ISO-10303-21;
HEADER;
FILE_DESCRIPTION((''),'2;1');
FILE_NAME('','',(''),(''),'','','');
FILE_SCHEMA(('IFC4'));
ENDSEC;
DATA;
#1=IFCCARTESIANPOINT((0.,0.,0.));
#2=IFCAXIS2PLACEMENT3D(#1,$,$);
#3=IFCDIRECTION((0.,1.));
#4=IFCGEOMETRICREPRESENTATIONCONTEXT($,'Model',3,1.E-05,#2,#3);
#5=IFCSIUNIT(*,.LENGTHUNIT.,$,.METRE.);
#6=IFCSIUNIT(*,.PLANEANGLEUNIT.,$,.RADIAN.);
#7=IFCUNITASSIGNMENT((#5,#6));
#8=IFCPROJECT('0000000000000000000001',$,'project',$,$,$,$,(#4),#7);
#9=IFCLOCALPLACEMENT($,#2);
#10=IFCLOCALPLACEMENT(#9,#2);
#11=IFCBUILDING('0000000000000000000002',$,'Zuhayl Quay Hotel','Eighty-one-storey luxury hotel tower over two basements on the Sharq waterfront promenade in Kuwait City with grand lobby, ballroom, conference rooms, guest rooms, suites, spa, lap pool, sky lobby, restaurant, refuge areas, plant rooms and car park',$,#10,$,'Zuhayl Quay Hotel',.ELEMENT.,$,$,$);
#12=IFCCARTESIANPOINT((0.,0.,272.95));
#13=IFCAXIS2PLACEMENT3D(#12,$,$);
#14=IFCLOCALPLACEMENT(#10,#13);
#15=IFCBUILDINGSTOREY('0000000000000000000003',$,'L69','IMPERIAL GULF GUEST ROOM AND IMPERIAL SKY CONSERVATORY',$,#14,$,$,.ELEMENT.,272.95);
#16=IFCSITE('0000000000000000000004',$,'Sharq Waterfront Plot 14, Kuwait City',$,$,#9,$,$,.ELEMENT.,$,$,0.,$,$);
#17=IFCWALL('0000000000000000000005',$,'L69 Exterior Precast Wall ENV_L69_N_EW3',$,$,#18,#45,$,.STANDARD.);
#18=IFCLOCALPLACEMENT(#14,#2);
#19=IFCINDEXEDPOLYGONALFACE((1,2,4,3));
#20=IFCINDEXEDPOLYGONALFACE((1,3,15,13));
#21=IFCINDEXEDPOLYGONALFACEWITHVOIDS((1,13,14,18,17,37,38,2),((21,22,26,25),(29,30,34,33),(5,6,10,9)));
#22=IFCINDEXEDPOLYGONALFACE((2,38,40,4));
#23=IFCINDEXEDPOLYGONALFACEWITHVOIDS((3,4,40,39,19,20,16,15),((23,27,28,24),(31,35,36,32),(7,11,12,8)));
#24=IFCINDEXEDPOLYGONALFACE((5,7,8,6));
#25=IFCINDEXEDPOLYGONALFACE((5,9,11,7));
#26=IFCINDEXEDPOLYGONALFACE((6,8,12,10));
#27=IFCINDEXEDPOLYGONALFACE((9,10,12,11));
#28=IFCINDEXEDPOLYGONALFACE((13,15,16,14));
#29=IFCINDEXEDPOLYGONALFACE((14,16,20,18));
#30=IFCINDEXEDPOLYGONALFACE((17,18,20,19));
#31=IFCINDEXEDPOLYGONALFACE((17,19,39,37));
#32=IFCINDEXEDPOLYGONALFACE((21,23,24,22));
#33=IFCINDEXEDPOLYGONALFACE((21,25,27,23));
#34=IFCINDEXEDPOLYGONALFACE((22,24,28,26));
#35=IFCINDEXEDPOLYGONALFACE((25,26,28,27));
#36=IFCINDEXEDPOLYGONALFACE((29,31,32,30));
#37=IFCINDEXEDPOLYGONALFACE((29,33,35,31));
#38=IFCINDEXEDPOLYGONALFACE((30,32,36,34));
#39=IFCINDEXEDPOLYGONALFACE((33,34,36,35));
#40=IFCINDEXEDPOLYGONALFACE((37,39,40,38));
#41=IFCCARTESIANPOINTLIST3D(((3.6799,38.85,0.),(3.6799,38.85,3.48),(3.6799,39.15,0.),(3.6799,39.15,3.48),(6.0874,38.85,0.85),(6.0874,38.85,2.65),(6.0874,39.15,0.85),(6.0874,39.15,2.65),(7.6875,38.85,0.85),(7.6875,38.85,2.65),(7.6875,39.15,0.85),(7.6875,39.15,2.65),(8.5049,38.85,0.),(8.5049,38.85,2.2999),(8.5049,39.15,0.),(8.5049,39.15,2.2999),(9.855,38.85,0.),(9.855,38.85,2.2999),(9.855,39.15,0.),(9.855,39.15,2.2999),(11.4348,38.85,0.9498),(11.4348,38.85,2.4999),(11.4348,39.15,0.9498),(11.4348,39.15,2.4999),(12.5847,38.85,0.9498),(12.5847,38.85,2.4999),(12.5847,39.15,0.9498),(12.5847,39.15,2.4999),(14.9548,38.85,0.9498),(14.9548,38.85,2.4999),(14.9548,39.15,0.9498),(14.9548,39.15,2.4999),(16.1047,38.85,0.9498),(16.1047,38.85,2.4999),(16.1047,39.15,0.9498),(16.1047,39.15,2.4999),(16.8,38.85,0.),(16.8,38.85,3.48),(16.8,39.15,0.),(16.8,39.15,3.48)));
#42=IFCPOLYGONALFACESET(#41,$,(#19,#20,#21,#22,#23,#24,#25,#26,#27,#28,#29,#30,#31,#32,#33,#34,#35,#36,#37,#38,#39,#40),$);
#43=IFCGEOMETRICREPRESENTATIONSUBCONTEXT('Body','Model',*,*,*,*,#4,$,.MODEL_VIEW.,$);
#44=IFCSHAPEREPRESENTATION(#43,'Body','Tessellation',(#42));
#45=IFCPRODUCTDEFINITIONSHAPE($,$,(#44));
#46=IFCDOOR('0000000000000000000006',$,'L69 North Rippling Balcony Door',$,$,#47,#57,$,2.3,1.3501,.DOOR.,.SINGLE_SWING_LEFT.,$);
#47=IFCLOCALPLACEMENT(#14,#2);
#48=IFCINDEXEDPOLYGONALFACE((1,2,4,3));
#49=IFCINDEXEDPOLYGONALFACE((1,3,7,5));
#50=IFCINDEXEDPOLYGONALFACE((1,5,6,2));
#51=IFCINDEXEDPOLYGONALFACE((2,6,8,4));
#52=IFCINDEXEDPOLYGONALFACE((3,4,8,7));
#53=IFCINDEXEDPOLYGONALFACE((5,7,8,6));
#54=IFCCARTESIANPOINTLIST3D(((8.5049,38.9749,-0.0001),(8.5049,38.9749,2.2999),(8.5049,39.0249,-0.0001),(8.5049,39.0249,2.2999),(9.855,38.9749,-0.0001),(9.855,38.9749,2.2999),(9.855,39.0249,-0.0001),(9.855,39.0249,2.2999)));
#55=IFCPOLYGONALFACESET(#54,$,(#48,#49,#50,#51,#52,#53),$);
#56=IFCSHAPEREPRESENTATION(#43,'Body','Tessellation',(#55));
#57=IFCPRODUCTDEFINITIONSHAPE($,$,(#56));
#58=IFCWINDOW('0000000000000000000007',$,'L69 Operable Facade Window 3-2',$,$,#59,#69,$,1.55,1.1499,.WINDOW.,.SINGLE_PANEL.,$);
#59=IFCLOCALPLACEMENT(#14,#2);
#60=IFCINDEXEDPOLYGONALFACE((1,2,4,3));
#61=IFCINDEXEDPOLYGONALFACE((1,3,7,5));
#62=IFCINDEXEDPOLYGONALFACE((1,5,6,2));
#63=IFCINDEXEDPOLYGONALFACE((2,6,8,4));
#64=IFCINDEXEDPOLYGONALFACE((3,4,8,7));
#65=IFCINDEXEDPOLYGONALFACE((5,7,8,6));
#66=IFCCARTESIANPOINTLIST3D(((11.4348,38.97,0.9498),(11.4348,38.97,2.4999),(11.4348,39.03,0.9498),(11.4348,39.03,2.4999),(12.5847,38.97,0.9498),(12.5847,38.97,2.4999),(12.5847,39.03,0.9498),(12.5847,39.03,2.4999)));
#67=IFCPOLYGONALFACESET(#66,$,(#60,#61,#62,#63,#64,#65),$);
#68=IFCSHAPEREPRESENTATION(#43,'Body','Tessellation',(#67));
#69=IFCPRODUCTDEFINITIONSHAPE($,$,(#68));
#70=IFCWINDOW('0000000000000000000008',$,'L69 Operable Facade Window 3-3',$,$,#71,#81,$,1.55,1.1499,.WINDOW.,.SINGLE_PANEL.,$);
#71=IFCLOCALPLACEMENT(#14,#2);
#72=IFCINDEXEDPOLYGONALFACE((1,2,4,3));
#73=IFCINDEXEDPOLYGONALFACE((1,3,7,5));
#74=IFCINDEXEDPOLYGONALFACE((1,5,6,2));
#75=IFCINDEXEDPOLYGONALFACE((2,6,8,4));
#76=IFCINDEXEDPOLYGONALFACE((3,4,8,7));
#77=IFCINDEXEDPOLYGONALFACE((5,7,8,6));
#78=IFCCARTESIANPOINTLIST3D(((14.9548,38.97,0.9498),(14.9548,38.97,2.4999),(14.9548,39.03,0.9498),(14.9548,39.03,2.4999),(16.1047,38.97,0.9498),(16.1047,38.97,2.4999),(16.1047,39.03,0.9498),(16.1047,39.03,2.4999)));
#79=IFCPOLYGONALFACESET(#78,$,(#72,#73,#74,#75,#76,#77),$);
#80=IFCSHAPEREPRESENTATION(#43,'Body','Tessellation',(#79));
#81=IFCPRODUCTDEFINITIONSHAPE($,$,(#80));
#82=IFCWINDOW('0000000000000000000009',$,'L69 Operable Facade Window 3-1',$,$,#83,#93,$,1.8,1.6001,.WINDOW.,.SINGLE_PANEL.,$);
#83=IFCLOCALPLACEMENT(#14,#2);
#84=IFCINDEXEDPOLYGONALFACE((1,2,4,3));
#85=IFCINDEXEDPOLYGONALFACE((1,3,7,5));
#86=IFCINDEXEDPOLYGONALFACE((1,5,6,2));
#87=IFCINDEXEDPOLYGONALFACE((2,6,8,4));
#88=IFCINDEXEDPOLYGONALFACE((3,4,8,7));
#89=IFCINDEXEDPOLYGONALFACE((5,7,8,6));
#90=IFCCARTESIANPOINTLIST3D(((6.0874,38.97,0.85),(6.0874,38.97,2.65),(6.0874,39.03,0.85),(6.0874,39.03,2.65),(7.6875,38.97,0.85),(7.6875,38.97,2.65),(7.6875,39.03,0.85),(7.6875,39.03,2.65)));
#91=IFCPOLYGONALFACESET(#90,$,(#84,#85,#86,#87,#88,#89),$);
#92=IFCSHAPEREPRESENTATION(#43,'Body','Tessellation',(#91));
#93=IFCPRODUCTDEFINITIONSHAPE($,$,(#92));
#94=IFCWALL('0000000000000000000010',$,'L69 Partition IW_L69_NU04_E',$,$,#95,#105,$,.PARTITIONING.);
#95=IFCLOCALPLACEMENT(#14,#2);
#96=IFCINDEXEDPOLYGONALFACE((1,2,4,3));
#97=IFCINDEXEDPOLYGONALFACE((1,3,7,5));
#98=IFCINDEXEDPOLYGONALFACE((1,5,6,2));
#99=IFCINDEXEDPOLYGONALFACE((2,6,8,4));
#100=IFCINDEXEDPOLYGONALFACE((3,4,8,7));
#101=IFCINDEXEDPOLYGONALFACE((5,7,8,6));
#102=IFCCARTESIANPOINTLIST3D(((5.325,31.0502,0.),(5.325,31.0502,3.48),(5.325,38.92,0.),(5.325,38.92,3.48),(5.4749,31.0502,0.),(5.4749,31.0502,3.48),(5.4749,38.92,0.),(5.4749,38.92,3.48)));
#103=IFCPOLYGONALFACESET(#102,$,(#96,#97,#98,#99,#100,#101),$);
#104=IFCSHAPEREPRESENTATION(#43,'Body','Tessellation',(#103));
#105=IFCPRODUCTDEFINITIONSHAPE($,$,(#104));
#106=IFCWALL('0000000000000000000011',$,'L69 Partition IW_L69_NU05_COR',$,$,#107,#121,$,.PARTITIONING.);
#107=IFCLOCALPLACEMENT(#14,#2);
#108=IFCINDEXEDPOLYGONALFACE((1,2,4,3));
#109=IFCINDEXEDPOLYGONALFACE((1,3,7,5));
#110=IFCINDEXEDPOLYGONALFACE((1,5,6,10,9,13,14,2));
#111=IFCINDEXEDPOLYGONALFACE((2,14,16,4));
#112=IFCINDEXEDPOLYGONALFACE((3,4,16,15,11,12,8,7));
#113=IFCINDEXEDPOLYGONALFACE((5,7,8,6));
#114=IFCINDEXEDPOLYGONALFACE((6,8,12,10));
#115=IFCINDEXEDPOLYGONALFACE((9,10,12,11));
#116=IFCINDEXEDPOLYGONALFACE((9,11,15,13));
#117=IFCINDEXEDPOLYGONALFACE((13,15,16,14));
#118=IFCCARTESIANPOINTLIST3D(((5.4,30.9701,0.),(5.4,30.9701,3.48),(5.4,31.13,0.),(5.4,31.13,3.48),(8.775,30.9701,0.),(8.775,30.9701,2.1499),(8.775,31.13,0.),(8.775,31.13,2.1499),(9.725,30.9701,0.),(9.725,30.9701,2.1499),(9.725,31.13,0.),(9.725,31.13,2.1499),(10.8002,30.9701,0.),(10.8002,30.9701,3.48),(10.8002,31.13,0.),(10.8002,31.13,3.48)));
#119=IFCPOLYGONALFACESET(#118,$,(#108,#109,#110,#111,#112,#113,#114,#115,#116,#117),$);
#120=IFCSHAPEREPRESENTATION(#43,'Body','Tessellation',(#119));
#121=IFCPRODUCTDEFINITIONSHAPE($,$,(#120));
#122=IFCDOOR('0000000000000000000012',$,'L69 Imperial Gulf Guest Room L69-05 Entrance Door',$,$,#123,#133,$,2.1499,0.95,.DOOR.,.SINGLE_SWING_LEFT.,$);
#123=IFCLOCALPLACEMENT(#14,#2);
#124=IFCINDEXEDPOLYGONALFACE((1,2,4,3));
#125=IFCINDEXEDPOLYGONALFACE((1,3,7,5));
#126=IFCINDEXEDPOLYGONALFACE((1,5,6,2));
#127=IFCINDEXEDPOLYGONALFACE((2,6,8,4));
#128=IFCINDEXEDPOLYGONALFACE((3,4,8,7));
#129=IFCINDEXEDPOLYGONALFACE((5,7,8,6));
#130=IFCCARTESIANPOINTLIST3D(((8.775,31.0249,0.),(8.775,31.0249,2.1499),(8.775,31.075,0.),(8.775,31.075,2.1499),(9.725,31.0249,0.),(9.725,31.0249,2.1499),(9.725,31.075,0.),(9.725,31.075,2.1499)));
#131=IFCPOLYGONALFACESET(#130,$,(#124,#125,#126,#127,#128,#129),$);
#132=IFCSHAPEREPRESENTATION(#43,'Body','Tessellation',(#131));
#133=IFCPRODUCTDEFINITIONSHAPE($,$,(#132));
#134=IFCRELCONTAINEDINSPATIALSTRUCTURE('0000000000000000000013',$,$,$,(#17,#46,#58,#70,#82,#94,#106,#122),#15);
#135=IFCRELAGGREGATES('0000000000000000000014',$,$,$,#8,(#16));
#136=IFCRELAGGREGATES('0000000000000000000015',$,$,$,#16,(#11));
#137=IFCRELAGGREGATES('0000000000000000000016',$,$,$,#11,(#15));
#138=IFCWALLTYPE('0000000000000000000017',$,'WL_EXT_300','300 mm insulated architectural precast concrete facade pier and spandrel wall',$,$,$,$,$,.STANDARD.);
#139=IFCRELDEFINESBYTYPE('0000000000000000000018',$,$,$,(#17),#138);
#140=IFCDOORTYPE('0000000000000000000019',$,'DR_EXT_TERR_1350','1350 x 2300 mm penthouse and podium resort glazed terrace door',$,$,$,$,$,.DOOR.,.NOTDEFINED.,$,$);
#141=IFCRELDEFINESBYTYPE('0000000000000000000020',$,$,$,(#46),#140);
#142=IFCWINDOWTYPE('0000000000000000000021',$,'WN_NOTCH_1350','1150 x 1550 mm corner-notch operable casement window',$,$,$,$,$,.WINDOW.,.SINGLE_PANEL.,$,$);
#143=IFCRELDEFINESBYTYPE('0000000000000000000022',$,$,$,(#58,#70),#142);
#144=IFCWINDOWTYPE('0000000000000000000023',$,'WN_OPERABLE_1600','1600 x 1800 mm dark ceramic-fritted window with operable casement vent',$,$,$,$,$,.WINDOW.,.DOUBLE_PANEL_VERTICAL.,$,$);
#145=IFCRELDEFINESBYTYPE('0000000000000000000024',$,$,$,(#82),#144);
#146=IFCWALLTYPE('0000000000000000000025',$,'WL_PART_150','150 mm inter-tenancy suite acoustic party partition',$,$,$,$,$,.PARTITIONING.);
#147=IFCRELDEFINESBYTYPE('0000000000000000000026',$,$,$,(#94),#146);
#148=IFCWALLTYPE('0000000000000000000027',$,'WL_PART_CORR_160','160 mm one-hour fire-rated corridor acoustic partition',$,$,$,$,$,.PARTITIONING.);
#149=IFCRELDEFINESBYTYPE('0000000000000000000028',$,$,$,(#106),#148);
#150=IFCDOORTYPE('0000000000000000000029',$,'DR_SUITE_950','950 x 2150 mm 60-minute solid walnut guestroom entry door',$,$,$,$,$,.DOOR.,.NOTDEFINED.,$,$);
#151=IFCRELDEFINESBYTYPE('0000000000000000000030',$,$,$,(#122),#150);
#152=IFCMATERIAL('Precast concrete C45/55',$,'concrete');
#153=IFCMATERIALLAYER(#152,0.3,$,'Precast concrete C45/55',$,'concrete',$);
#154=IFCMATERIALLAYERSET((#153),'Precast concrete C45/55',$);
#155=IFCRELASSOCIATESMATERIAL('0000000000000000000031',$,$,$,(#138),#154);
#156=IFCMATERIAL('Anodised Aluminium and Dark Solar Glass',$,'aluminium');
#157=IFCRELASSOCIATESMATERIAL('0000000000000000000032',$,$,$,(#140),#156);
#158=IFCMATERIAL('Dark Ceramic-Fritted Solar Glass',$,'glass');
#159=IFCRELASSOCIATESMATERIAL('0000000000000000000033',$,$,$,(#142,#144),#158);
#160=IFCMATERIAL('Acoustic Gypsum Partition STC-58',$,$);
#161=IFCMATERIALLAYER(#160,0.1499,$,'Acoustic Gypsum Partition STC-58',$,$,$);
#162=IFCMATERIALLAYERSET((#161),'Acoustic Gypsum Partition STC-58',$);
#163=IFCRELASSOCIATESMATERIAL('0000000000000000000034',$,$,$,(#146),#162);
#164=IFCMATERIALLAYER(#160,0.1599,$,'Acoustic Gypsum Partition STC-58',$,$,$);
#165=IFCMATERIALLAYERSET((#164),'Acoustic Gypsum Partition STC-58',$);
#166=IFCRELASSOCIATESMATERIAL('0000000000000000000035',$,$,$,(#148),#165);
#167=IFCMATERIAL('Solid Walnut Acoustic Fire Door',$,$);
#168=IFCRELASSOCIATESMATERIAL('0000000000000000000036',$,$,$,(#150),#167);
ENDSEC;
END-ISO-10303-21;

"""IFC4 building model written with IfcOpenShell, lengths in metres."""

from ifc_helpers import new_model, si_unit, direction, frame, frame_2d, origin, place, context, subcontext, project, spatial, rectangle, extrude, material, layer, layer_set, type_object, element, fill, save


model = new_model("IFC4")

# Units and contexts
model_context = context("Model", 3, precision=1e-05, world=origin(), true_north=direction((0.0, 1.0)))
body_context = subcontext(model_context, "Body", "Model", "MODEL_VIEW")
ifc_project = project(units=[si_unit("LENGTHUNIT", "METRE"), si_unit("PLANEANGLEUNIT", "RADIAN")], contexts=[model_context])

# Site, building, storey
site_placement = place(None, origin())
site = spatial("IfcSite", under=ifc_project, at=site_placement, Name="Sharq Waterfront Plot 14, Kuwait City", CompositionType="ELEMENT", RefElevation=0.0)
building_placement = place(site_placement, origin())
building = spatial("IfcBuilding", under=site, at=building_placement, Name="Zuhayl Quay Hotel", Description="Eighty-one-storey luxury hotel tower over two basements on the Sharq waterfront promenade in Kuwait City with grand lobby, ballroom, conference rooms, guest rooms, suites, spa, lap pool, sky lobby, restaurant, refuge areas, plant rooms and car park", LongName="Zuhayl Quay Hotel", CompositionType="ELEMENT")
storey_placement = place(building_placement, frame((0.0, 0.0, 272.95)))
storey = spatial("IfcBuildingStorey", under=building, at=storey_placement, Name="L69", Description="IMPERIAL GULF GUEST ROOM AND IMPERIAL SKY CONSERVATORY", CompositionType="ELEMENT", Elevation=272.95)

# Shared definitions
ifc_material_1 = material(Name="Dark Ceramic-Fritted Solar Glass", Category="glass")

# Wall, openings, door, windows
ifc_material_2 = material(Name="Precast concrete C45/55", Category="concrete")
ifc_layer_1 = layer(ifc_material_2, 0.3, Name="Precast concrete C45/55", Category="concrete")
ifc_layer_set_1 = layer_set([ifc_layer_1], Name="Precast concrete C45/55")
wall_type_1 = type_object("IfcWallType", Name="WL_EXT_300", Description="300 mm insulated architectural precast concrete facade pier and spandrel wall", PredefinedType="STANDARD", material=ifc_layer_set_1)
wall_1_placement = place(storey_placement, frame((3.6799, 39.0, 0.0), z_axis=(0.0, 0.0, 1.0), x_axis=(1.0, 0.0, 0.0)))
wall_1 = element("IfcWall", 1, at=wall_1_placement, inside=storey, type_object=wall_type_1, Name="L69 Exterior Precast Wall ENV_L69_N_EW3", PredefinedType="STANDARD", context=body_context, shape_type="SweptSolid", body=[
    extrude(rectangle(XDim=13.1201, YDim=0.3, at=frame_2d((6.5601, 0.0))), origin(), (0.0, 0.0, 1.0), 3.48),
])
opening_1_placement = place(wall_1_placement, frame((4.825, 0.0, 0.0)))
opening_1 = element("IfcOpeningElement", 2, at=opening_1_placement, cuts=wall_1, PredefinedType="OPENING", context=body_context, shape_type="SweptSolid", body=[
    extrude(rectangle(XDim=1.3501, YDim=2.3, at=frame_2d((0.675, 1.1499))), frame((0.0, 0.1599, 0.0), z_axis=(0.0, -1.0, 0.0), x_axis=(1.0, 0.0, 0.0)), (0.0, 0.0, 1.0), 0.3201),
])
opening_2_placement = place(wall_1_placement, frame((2.4075, 0.0, 0.8501)))
opening_2 = element("IfcOpeningElement", 3, at=opening_2_placement, cuts=wall_1, PredefinedType="OPENING", context=body_context, shape_type="SweptSolid", body=[
    extrude(rectangle(XDim=1.6001, YDim=1.8, at=frame_2d((0.8, 0.8999))), frame((0.0, 0.1599, 0.0), z_axis=(0.0, -1.0, 0.0), x_axis=(1.0, 0.0, 0.0)), (0.0, 0.0, 1.0), 0.3201),
])
opening_3_placement = place(wall_1_placement, frame((7.7549, 0.0, 0.95)))
opening_3 = element("IfcOpeningElement", 4, at=opening_3_placement, cuts=wall_1, PredefinedType="OPENING", context=body_context, shape_type="SweptSolid", body=[
    extrude(rectangle(XDim=1.1499, YDim=1.55, at=frame_2d((0.575, 0.7749))), frame((0.0, 0.1599, 0.0), z_axis=(0.0, -1.0, 0.0), x_axis=(1.0, 0.0, 0.0)), (0.0, 0.0, 1.0), 0.3201),
])
opening_4_placement = place(wall_1_placement, frame((11.2749, 0.0, 0.95)))
opening_4 = element("IfcOpeningElement", 5, at=opening_4_placement, cuts=wall_1, PredefinedType="OPENING", context=body_context, shape_type="SweptSolid", body=[
    extrude(rectangle(XDim=1.1499, YDim=1.55, at=frame_2d((0.575, 0.7749))), frame((0.0, 0.1599, 0.0), z_axis=(0.0, -1.0, 0.0), x_axis=(1.0, 0.0, 0.0)), (0.0, 0.0, 1.0), 0.3201),
])
ifc_material_3 = material(Name="Anodised Aluminium and Dark Solar Glass", Category="aluminium")
door_type_1 = type_object("IfcDoorType", Name="DR_EXT_TERR_1350", Description="1350 x 2300 mm penthouse and podium resort glazed terrace door", OperationType="NOTDEFINED", PredefinedType="DOOR", material=ifc_material_3)
door_1_placement = place(opening_1_placement, origin())
door_1 = element("IfcDoor", 6, at=door_1_placement, inside=storey, type_object=door_type_1, Name="L69 North Rippling Balcony Door", OperationType="SINGLE_SWING_LEFT", OverallHeight=2.3, OverallWidth=1.3501, PredefinedType="DOOR", context=body_context, shape_type="SweptSolid", body=[
    extrude(rectangle(XDim=1.3501, YDim=2.3, at=frame_2d((0.675, 1.1499))), frame((0.0, 0.0249, 0.0), z_axis=(0.0, -1.0, 0.0), x_axis=(1.0, 0.0, 0.0)), (0.0, 0.0, 1.0), 0.05),
])
fill(opening_1, door_1)
window_type_1 = type_object("IfcWindowType", Name="WN_NOTCH_1350", Description="1150 x 1550 mm corner-notch operable casement window", PartitioningType="SINGLE_PANEL", PredefinedType="WINDOW", material=ifc_material_1)
window_1_placement = place(opening_3_placement, origin())
window_1 = element("IfcWindow", 7, at=window_1_placement, inside=storey, type_object=window_type_1, Name="L69 Operable Facade Window 3-2", OverallHeight=1.55, OverallWidth=1.1499, PartitioningType="SINGLE_PANEL", PredefinedType="WINDOW", context=body_context, shape_type="SweptSolid", body=[
    extrude(rectangle(XDim=1.1499, YDim=1.55, at=frame_2d((0.575, 0.7749))), frame((0.0, 0.03, 0.0), z_axis=(0.0, -1.0, 0.0), x_axis=(1.0, 0.0, 0.0)), (0.0, 0.0, 1.0), 0.0601),
])
fill(opening_3, window_1)
window_2_placement = place(opening_4_placement, origin())
window_2 = element("IfcWindow", 8, at=window_2_placement, inside=storey, type_object=window_type_1, Name="L69 Operable Facade Window 3-3", OverallHeight=1.55, OverallWidth=1.1499, PartitioningType="SINGLE_PANEL", PredefinedType="WINDOW", context=body_context, shape_type="SweptSolid", body=[
    extrude(rectangle(XDim=1.1499, YDim=1.55, at=frame_2d((0.575, 0.7749))), frame((0.0, 0.03, 0.0), z_axis=(0.0, -1.0, 0.0), x_axis=(1.0, 0.0, 0.0)), (0.0, 0.0, 1.0), 0.0601),
])
fill(opening_4, window_2)
window_type_2 = type_object("IfcWindowType", Name="WN_OPERABLE_1600", Description="1600 x 1800 mm dark ceramic-fritted window with operable casement vent", PartitioningType="DOUBLE_PANEL_VERTICAL", PredefinedType="WINDOW", material=ifc_material_1)
window_3_placement = place(opening_2_placement, origin())
window_3 = element("IfcWindow", 9, at=window_3_placement, inside=storey, type_object=window_type_2, Name="L69 Operable Facade Window 3-1", OverallHeight=1.8, OverallWidth=1.6001, PartitioningType="SINGLE_PANEL", PredefinedType="WINDOW", context=body_context, shape_type="SweptSolid", body=[
    extrude(rectangle(XDim=1.6001, YDim=1.8, at=frame_2d((0.8, 0.8999))), frame((0.0, 0.03, 0.0), z_axis=(0.0, -1.0, 0.0), x_axis=(1.0, 0.0, 0.0)), (0.0, 0.0, 1.0), 0.0601),
])
fill(opening_2, window_3)

# Wall
ifc_material_4 = material(Name="Acoustic Gypsum Partition STC-58")
ifc_layer_2 = layer(ifc_material_4, 0.1499, Name="Acoustic Gypsum Partition STC-58")
ifc_layer_set_2 = layer_set([ifc_layer_2], Name="Acoustic Gypsum Partition STC-58")
wall_type_2 = type_object("IfcWallType", Name="WL_PART_150", Description="150 mm inter-tenancy suite acoustic party partition", PredefinedType="PARTITIONING", material=ifc_layer_set_2)
wall_2_placement = place(storey_placement, frame((5.3999, 31.05, 0.0), z_axis=(0.0, 0.0, 1.0), x_axis=(0.0, 1.0, 0.0)))
element("IfcWall", 10, at=wall_2_placement, inside=storey, type_object=wall_type_2, Name="L69 Partition IW_L69_NU04_E", PredefinedType="PARTITIONING", context=body_context, shape_type="SweptSolid", body=[
    extrude(rectangle(XDim=7.8699, YDim=0.1499, at=frame_2d((3.9351, 0.0))), origin(), (0.0, 0.0, 1.0), 3.48),
])

# Wall, opening, door
ifc_layer_3 = layer(ifc_material_4, 0.1599, Name="Acoustic Gypsum Partition STC-58")
ifc_layer_set_3 = layer_set([ifc_layer_3], Name="Acoustic Gypsum Partition STC-58")
wall_type_3 = type_object("IfcWallType", Name="WL_PART_CORR_160", Description="160 mm one-hour fire-rated corridor acoustic partition", PredefinedType="PARTITIONING", material=ifc_layer_set_3)
wall_3_placement = place(storey_placement, frame((5.3999, 31.05, 0.0), z_axis=(0.0, 0.0, 1.0), x_axis=(1.0, 0.0, 0.0)))
wall_3 = element("IfcWall", 11, at=wall_3_placement, inside=storey, type_object=wall_type_3, Name="L69 Partition IW_L69_NU05_COR", PredefinedType="PARTITIONING", context=body_context, shape_type="SweptSolid", body=[
    extrude(rectangle(XDim=5.4001, YDim=0.1599, at=frame_2d((2.7002, 0.0))), origin(), (0.0, 0.0, 1.0), 3.48),
])
opening_5_placement = place(wall_3_placement, frame((3.375, 0.0, 0.0)))
opening_5 = element("IfcOpeningElement", 12, at=opening_5_placement, cuts=wall_3, PredefinedType="OPENING", context=body_context, shape_type="SweptSolid", body=[
    extrude(rectangle(XDim=0.95, YDim=2.1499, at=frame_2d((0.4751, 1.075))), frame((0.0, 0.0898, 0.0), z_axis=(0.0, -1.0, 0.0), x_axis=(1.0, 0.0, 0.0)), (0.0, 0.0, 1.0), 0.1799),
])
ifc_material_5 = material(Name="Solid Walnut Acoustic Fire Door")
door_type_2 = type_object("IfcDoorType", Name="DR_SUITE_950", Description="950 x 2150 mm 60-minute solid walnut guestroom entry door", OperationType="NOTDEFINED", PredefinedType="DOOR", material=ifc_material_5)
door_2_placement = place(opening_5_placement, origin())
door_2 = element("IfcDoor", 13, at=door_2_placement, inside=storey, type_object=door_type_2, Name="L69 Imperial Gulf Guest Room L69-05 Entrance Door", OperationType="SINGLE_SWING_LEFT", OverallHeight=2.1499, OverallWidth=0.95, PredefinedType="DOOR", context=body_context, shape_type="SweptSolid", body=[
    extrude(rectangle(XDim=0.95, YDim=2.1499, at=frame_2d((0.4751, 1.075))), frame((0.0, 0.0249, 0.0), z_axis=(0.0, -1.0, 0.0), x_axis=(1.0, 0.0, 0.0)), (0.0, 0.0, 1.0), 0.05),
])
fill(opening_5, door_2)

save(model, "model.ifc")
